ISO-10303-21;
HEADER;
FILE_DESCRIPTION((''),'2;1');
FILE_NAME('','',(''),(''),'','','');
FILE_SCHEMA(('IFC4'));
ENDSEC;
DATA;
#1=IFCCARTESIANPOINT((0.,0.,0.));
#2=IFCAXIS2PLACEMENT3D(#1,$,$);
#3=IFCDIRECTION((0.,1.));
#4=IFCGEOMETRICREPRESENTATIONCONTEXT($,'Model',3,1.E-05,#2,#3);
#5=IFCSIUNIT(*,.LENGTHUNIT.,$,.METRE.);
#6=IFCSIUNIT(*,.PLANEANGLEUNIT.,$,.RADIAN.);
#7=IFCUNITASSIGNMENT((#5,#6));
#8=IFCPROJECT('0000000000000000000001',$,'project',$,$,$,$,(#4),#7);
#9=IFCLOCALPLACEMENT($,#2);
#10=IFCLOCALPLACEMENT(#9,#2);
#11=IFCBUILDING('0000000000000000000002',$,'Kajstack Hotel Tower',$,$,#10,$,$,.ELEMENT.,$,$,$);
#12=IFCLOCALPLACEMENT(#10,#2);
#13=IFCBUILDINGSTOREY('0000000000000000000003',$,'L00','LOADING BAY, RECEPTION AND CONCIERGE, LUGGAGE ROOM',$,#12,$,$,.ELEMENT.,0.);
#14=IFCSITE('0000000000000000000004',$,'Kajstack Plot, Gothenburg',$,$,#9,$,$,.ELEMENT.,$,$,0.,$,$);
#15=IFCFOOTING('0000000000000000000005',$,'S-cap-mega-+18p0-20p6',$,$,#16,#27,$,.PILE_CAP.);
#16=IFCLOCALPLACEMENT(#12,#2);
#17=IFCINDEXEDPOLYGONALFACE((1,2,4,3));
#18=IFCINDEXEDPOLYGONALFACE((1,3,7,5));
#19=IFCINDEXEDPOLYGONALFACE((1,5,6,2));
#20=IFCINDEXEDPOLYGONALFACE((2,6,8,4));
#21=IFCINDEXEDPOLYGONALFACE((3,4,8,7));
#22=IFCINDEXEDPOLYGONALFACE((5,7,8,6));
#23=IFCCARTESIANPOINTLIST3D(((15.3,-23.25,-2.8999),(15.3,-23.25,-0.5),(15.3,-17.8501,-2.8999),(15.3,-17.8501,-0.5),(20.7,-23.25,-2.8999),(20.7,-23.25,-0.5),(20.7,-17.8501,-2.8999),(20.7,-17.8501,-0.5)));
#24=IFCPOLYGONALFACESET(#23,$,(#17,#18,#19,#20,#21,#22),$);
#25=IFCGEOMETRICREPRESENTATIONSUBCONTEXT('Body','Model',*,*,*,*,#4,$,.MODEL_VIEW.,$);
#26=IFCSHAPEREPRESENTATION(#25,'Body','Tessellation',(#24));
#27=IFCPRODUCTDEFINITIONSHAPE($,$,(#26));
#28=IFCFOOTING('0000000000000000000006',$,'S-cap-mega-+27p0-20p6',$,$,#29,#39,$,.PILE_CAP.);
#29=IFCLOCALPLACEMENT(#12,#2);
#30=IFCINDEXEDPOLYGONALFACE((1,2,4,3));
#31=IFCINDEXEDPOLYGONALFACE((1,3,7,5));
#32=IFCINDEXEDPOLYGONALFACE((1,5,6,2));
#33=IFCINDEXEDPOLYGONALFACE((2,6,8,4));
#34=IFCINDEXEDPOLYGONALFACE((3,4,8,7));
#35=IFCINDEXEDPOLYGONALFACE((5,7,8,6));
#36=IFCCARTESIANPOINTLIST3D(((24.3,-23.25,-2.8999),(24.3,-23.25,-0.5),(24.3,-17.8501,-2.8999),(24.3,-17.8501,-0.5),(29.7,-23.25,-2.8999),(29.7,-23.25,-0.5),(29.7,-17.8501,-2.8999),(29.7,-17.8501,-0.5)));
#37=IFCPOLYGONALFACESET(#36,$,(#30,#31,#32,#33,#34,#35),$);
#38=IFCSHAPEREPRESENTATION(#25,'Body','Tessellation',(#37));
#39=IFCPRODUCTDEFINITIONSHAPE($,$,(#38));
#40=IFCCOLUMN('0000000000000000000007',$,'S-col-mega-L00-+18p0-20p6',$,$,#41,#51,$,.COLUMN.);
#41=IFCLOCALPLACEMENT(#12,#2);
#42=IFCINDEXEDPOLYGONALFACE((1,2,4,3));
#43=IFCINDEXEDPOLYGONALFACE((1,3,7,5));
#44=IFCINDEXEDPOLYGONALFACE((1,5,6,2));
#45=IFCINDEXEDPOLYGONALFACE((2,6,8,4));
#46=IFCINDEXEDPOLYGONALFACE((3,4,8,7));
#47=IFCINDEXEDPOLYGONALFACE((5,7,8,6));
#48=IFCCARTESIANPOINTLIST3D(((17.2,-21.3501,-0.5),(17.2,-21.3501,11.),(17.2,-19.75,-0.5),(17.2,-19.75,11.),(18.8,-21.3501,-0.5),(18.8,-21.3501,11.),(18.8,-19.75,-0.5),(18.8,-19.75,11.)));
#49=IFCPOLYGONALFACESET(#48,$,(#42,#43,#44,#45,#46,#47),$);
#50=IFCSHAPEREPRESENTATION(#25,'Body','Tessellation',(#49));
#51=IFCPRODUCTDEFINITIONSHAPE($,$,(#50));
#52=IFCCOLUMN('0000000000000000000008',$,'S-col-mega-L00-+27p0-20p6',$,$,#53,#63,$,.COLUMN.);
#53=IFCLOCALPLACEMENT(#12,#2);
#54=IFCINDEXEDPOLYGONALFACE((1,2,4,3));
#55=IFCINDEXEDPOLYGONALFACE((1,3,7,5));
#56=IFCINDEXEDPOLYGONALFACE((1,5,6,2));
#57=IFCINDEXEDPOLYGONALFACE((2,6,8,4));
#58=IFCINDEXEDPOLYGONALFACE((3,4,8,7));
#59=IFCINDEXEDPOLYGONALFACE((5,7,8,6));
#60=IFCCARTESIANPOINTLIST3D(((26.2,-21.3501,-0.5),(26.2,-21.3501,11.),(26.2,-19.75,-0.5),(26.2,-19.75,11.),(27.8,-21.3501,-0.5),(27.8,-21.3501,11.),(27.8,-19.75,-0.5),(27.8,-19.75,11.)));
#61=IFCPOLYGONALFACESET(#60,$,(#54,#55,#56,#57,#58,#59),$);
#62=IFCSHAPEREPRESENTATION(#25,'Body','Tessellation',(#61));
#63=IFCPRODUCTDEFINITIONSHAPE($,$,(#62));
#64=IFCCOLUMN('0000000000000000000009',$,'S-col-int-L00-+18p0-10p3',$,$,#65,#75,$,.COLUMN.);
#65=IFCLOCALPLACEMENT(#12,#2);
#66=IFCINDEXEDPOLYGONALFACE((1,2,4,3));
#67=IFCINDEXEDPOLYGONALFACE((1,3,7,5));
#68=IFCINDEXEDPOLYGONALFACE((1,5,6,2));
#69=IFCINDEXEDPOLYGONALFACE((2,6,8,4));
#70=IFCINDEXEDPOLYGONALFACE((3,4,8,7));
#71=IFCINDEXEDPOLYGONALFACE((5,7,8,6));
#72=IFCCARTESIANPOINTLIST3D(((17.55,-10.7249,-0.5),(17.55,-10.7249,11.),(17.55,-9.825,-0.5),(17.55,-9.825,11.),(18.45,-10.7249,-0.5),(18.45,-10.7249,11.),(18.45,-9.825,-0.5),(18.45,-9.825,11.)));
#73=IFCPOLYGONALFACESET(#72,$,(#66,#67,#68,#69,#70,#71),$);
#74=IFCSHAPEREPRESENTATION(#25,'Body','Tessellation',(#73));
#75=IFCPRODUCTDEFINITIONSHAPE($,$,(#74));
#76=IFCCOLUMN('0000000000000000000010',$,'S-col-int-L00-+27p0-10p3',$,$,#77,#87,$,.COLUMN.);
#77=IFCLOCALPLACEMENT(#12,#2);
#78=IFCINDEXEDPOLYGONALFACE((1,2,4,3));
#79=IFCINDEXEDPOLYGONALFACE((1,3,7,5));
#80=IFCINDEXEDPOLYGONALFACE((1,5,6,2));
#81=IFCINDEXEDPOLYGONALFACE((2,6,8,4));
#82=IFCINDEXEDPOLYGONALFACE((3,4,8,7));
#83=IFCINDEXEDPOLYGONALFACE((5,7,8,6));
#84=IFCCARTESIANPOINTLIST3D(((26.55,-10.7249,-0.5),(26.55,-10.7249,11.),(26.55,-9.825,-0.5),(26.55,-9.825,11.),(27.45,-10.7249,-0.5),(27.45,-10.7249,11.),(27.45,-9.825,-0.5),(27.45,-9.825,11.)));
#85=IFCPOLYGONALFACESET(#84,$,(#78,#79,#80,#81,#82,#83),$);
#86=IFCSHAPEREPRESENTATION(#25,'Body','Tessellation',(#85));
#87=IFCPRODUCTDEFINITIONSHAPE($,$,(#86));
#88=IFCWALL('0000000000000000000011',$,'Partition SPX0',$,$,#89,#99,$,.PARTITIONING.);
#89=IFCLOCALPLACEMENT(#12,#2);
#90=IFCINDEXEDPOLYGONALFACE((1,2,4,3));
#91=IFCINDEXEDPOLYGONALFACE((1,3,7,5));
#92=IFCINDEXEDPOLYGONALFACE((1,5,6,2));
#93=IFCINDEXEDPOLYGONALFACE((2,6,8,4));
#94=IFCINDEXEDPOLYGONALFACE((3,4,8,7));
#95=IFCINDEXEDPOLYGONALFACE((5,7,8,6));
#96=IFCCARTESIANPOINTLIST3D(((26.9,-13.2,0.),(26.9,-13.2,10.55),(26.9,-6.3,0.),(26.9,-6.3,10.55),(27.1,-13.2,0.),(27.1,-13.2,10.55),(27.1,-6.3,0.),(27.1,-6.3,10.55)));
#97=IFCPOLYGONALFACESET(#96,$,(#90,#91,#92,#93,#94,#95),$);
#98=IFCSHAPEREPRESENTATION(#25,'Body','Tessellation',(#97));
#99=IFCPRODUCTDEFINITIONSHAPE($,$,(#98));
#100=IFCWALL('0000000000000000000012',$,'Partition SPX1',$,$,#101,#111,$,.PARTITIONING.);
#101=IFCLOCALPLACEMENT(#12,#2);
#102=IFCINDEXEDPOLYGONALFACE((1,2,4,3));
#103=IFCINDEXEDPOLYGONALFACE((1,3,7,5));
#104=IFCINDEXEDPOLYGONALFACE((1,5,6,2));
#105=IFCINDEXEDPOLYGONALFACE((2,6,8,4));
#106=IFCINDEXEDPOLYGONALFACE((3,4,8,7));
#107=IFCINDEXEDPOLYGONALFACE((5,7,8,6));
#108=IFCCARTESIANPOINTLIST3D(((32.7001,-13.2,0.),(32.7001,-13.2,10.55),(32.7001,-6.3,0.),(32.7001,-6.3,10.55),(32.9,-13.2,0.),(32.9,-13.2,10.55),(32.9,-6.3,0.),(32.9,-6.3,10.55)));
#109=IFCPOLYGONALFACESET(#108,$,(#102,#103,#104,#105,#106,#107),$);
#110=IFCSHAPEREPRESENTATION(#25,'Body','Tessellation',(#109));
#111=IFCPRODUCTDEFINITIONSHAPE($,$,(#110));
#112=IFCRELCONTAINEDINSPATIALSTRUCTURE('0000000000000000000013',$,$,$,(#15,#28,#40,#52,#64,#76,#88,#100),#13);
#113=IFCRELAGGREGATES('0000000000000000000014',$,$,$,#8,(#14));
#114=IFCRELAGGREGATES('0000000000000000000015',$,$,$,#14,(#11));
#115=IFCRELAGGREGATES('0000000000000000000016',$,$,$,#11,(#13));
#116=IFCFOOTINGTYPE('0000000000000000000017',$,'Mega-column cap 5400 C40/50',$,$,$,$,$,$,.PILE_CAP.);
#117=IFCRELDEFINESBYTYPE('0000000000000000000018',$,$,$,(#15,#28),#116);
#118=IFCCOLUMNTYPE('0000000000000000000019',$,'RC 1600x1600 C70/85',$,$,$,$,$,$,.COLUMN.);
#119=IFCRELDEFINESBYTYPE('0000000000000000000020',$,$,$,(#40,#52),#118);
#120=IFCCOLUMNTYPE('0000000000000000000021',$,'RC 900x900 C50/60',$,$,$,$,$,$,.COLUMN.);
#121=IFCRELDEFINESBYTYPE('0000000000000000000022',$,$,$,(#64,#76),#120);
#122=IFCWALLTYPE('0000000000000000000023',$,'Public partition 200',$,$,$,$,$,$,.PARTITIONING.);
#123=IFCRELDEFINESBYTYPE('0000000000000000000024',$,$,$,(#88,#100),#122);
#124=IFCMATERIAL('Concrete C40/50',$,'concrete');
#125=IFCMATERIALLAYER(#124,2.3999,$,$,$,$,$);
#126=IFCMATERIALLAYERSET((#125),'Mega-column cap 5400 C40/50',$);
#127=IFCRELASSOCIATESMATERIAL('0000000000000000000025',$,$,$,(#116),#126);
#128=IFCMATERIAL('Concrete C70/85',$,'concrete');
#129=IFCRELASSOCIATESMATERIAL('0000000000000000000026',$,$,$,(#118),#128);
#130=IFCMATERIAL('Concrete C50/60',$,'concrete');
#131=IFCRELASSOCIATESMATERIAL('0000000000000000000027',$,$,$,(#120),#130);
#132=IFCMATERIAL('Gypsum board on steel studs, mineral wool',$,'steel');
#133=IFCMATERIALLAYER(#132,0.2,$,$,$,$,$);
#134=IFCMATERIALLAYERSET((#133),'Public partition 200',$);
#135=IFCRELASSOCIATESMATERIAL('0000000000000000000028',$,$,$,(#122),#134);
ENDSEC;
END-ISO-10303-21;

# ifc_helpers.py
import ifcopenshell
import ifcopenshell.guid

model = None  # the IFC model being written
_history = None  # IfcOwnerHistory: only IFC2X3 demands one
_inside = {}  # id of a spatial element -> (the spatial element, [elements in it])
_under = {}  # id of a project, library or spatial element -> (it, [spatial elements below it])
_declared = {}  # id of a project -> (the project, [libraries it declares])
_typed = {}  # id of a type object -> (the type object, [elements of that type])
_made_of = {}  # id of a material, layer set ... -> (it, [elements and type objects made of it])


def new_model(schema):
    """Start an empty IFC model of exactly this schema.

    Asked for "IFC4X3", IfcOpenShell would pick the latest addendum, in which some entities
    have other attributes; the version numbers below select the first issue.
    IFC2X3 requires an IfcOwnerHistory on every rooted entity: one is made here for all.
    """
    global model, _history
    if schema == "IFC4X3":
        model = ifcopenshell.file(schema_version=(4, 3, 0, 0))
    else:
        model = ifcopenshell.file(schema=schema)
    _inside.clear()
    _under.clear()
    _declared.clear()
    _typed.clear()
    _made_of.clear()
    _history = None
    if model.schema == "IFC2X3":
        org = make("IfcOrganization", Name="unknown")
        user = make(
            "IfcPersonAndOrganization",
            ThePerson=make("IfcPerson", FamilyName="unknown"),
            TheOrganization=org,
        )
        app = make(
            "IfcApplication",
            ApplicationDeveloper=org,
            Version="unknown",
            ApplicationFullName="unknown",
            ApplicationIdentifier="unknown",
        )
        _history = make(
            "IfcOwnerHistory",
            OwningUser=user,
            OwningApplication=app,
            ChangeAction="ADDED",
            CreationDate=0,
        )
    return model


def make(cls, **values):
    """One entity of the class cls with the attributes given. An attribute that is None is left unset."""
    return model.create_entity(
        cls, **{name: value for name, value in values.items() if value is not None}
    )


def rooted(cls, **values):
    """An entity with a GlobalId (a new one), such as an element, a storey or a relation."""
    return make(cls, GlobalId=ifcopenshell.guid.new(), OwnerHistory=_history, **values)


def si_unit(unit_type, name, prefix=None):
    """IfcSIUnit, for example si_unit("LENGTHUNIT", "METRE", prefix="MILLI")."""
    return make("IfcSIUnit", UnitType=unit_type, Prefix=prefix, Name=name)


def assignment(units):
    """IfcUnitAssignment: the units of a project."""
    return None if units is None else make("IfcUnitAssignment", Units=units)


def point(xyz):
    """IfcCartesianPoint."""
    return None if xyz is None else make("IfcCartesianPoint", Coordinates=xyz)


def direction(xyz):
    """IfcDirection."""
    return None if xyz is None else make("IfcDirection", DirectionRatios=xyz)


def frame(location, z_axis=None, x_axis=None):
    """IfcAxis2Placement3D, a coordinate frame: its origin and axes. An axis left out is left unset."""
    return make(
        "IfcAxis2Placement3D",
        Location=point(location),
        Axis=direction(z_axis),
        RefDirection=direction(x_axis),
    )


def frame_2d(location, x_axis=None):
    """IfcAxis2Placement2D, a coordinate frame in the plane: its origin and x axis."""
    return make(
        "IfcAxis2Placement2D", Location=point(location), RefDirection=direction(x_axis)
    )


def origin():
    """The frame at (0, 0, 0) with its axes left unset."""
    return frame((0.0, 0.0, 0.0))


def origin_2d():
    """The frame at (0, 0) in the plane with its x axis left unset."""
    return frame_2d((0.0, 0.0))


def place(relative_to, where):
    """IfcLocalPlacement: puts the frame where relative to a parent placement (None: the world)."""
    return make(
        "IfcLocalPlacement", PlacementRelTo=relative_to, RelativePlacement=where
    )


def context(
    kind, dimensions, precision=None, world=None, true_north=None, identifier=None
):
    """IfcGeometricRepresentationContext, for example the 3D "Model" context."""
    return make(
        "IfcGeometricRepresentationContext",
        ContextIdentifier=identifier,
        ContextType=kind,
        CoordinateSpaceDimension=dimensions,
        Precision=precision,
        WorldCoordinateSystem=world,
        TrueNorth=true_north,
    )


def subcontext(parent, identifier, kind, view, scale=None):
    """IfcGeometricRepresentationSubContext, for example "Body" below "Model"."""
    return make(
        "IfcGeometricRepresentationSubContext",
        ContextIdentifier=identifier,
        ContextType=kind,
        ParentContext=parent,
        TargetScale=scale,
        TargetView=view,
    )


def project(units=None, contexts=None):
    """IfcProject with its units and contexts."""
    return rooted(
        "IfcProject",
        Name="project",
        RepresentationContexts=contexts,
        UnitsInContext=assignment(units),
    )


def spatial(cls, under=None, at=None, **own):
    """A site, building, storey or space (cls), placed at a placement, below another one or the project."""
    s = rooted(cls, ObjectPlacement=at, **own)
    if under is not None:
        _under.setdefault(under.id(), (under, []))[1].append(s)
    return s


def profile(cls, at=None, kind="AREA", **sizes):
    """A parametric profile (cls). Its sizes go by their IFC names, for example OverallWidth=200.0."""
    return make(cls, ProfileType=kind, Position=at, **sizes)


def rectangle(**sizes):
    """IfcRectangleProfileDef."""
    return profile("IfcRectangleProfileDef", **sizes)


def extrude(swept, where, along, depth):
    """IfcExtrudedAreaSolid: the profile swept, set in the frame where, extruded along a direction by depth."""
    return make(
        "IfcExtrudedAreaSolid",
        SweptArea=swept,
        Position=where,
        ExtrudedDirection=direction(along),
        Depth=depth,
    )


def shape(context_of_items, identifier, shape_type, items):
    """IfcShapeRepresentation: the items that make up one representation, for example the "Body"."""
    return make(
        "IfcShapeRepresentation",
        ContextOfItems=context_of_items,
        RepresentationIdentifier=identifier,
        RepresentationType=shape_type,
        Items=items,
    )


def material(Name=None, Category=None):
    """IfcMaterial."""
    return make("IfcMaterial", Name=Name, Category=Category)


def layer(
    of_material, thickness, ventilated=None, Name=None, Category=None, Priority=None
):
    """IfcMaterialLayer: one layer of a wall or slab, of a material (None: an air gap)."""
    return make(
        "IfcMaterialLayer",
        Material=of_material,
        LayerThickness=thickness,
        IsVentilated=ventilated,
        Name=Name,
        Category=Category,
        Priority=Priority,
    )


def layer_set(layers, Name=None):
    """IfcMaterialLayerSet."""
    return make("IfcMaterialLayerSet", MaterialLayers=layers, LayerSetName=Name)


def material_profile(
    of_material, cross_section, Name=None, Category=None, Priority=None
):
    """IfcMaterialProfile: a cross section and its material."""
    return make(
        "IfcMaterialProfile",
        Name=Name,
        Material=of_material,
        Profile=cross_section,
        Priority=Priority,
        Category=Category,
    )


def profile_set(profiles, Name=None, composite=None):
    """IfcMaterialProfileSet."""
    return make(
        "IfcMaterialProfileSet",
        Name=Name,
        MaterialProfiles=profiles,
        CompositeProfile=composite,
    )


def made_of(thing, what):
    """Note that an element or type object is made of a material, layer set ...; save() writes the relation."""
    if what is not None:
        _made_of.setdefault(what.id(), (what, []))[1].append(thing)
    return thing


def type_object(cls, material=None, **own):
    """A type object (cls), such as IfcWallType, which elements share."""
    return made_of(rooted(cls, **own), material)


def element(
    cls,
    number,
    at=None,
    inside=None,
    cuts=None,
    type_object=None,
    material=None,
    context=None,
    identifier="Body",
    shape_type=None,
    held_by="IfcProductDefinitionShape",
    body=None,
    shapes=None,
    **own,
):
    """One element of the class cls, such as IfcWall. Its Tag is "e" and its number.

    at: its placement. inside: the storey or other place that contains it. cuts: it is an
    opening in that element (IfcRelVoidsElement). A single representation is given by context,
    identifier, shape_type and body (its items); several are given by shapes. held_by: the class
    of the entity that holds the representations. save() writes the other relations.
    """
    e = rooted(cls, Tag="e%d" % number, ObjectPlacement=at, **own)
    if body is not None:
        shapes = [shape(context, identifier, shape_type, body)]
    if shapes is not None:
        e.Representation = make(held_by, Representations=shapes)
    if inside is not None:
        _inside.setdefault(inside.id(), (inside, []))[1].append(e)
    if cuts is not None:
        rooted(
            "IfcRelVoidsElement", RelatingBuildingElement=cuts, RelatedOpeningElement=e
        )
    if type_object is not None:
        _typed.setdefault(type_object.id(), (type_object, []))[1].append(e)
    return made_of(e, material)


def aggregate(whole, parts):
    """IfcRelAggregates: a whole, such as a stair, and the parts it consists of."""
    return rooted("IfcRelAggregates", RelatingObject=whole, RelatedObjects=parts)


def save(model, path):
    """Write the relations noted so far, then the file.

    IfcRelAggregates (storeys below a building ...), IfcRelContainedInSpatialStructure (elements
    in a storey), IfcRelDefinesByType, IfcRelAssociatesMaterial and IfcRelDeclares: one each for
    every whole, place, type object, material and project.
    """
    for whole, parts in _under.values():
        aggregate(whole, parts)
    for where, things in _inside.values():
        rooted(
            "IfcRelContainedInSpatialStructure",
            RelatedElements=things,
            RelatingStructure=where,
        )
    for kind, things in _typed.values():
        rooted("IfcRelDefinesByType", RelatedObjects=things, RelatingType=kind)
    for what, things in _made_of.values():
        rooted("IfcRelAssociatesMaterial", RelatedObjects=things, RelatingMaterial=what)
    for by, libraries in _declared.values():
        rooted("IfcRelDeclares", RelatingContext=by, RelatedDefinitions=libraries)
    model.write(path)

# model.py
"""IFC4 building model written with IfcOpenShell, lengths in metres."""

from ifc_helpers import new_model, si_unit, direction, frame, frame_2d, origin, origin_2d, place, context, subcontext, project, spatial, rectangle, extrude, material, layer, layer_set, material_profile, profile_set, type_object, element, save


model = new_model("IFC4")

# Units and contexts
model_context = context("Model", 3, precision=1e-05, world=origin(), true_north=direction((0.0, 1.0)))
body_context = subcontext(model_context, "Body", "Model", "MODEL_VIEW")
ifc_project = project(units=[si_unit("LENGTHUNIT", "METRE"), si_unit("PLANEANGLEUNIT", "RADIAN")], contexts=[model_context])

# Site, building, storey
site_placement = place(None, origin())
site = spatial("IfcSite", under=ifc_project, at=site_placement, Name="Kajstack Plot, Gothenburg", CompositionType="ELEMENT", RefElevation=0.0)
building_placement = place(site_placement, origin())
building = spatial("IfcBuilding", under=site, at=building_placement, Name="Kajstack Hotel Tower", CompositionType="ELEMENT")
storey_placement = place(building_placement, origin())
storey = spatial("IfcBuildingStorey", under=building, at=storey_placement, Name="L00", Description="LOADING BAY, RECEPTION AND CONCIERGE, LUGGAGE ROOM", CompositionType="ELEMENT", Elevation=0.0)

# Footings
ifc_material_1 = material(Name="Concrete C40/50", Category="concrete")
ifc_layer_1 = layer(ifc_material_1, 2.3999)
ifc_layer_set_1 = layer_set([ifc_layer_1], Name="Mega-column cap 5400 C40/50")
footing_type_1 = type_object("IfcFootingType", Name="Mega-column cap 5400 C40/50", PredefinedType="PILE_CAP", material=ifc_layer_set_1)
for number, where, z_axis, x_axis, name in (
    (1, (18.0, -20.55, -2.8999), (0.0, 0.0, 1.0), (1.0, 0.0, 0.0), "S-cap-mega-+18p0-20p6"),
    (2, (27.0, -20.55, -2.8999), (0.0, 0.0, 1.0), (1.0, 0.0, 0.0), "S-cap-mega-+27p0-20p6"),
):
    element("IfcFooting", number, at=place(storey_placement, frame(where, z_axis=z_axis, x_axis=x_axis)), inside=storey, type_object=footing_type_1, Name=name, PredefinedType="PILE_CAP", context=body_context, shape_type="SweptSolid", body=[
        extrude(rectangle(XDim=5.3999, YDim=5.3999, at=origin_2d()), origin(), (0.0, 0.0, 1.0), 2.3999),
    ])

# Columns
ifc_material_2 = material(Name="Concrete C70/85", Category="concrete")
ifc_material_profile_1 = material_profile(ifc_material_2, rectangle(XDim=1.6001, YDim=1.6001, at=origin_2d()), Name="RC 1600x1600")
ifc_profile_set_1 = profile_set([ifc_material_profile_1], Name="Concrete C70/85")
column_type_1 = type_object("IfcColumnType", Name="RC 1600x1600 C70/85", PredefinedType="COLUMN", material=ifc_profile_set_1)
for number, where, z_axis, x_axis, name in (
    (3, (18.0, -20.55, -0.5), (0.0, 0.0, 1.0), (1.0, 0.0, 0.0), "S-col-mega-L00-+18p0-20p6"),
    (4, (27.0, -20.55, -0.5), (0.0, 0.0, 1.0), (1.0, 0.0, 0.0), "S-col-mega-L00-+27p0-20p6"),
):
    element("IfcColumn", number, at=place(storey_placement, frame(where, z_axis=z_axis, x_axis=x_axis)), inside=storey, type_object=column_type_1, Name=name, PredefinedType="COLUMN", context=body_context, shape_type="SweptSolid", body=[
        extrude(rectangle(XDim=1.6001, YDim=1.6001, at=origin_2d()), origin(), (0.0, 0.0, 1.0), 11.5),
    ])
ifc_material_3 = material(Name="Concrete C50/60", Category="concrete")
ifc_material_profile_2 = material_profile(ifc_material_3, rectangle(XDim=0.8999, YDim=0.8999, at=origin_2d()), Name="RC 900x900")
ifc_profile_set_2 = profile_set([ifc_material_profile_2], Name="Concrete C50/60")
column_type_2 = type_object("IfcColumnType", Name="RC 900x900 C50/60", PredefinedType="COLUMN", material=ifc_profile_set_2)
for number, where, z_axis, x_axis, name in (
    (5, (18.0, -10.2749, -0.5), (0.0, 0.0, 1.0), (1.0, 0.0, 0.0), "S-col-int-L00-+18p0-10p3"),
    (6, (27.0, -10.2749, -0.5), (0.0, 0.0, 1.0), (1.0, 0.0, 0.0), "S-col-int-L00-+27p0-10p3"),
):
    element("IfcColumn", number, at=place(storey_placement, frame(where, z_axis=z_axis, x_axis=x_axis)), inside=storey, type_object=column_type_2, Name=name, PredefinedType="COLUMN", context=body_context, shape_type="SweptSolid", body=[
        extrude(rectangle(XDim=0.8999, YDim=0.8999, at=origin_2d()), origin(), (0.0, 0.0, 1.0), 11.5),
    ])

# Walls
ifc_material_4 = material(Name="Gypsum board on steel studs, mineral wool", Category="steel")
ifc_layer_2 = layer(ifc_material_4, 0.2)
ifc_layer_set_2 = layer_set([ifc_layer_2], Name="Public partition 200")
wall_type = type_object("IfcWallType", Name="Public partition 200", PredefinedType="PARTITIONING", material=ifc_layer_set_2)
for number, where, z_axis, x_axis, name in (
    (7, (27.0, -13.2, 0.0), (0.0, 0.0, 1.0), (0.0, 1.0, 0.0), "Partition SPX0"),
    (8, (32.8, -13.2, 0.0), (0.0, 0.0, 1.0), (0.0, 1.0, 0.0), "Partition SPX1"),
):
    element("IfcWall", number, at=place(storey_placement, frame(where, z_axis=z_axis, x_axis=x_axis)), inside=storey, type_object=wall_type, Name=name, PredefinedType="PARTITIONING", context=body_context, shape_type="SweptSolid", body=[
        extrude(rectangle(XDim=6.8999, YDim=0.2, at=frame_2d((3.45, 0.0))), origin(), (0.0, 0.0, 1.0), 10.55),
    ])

save(model, "model.ifc")
